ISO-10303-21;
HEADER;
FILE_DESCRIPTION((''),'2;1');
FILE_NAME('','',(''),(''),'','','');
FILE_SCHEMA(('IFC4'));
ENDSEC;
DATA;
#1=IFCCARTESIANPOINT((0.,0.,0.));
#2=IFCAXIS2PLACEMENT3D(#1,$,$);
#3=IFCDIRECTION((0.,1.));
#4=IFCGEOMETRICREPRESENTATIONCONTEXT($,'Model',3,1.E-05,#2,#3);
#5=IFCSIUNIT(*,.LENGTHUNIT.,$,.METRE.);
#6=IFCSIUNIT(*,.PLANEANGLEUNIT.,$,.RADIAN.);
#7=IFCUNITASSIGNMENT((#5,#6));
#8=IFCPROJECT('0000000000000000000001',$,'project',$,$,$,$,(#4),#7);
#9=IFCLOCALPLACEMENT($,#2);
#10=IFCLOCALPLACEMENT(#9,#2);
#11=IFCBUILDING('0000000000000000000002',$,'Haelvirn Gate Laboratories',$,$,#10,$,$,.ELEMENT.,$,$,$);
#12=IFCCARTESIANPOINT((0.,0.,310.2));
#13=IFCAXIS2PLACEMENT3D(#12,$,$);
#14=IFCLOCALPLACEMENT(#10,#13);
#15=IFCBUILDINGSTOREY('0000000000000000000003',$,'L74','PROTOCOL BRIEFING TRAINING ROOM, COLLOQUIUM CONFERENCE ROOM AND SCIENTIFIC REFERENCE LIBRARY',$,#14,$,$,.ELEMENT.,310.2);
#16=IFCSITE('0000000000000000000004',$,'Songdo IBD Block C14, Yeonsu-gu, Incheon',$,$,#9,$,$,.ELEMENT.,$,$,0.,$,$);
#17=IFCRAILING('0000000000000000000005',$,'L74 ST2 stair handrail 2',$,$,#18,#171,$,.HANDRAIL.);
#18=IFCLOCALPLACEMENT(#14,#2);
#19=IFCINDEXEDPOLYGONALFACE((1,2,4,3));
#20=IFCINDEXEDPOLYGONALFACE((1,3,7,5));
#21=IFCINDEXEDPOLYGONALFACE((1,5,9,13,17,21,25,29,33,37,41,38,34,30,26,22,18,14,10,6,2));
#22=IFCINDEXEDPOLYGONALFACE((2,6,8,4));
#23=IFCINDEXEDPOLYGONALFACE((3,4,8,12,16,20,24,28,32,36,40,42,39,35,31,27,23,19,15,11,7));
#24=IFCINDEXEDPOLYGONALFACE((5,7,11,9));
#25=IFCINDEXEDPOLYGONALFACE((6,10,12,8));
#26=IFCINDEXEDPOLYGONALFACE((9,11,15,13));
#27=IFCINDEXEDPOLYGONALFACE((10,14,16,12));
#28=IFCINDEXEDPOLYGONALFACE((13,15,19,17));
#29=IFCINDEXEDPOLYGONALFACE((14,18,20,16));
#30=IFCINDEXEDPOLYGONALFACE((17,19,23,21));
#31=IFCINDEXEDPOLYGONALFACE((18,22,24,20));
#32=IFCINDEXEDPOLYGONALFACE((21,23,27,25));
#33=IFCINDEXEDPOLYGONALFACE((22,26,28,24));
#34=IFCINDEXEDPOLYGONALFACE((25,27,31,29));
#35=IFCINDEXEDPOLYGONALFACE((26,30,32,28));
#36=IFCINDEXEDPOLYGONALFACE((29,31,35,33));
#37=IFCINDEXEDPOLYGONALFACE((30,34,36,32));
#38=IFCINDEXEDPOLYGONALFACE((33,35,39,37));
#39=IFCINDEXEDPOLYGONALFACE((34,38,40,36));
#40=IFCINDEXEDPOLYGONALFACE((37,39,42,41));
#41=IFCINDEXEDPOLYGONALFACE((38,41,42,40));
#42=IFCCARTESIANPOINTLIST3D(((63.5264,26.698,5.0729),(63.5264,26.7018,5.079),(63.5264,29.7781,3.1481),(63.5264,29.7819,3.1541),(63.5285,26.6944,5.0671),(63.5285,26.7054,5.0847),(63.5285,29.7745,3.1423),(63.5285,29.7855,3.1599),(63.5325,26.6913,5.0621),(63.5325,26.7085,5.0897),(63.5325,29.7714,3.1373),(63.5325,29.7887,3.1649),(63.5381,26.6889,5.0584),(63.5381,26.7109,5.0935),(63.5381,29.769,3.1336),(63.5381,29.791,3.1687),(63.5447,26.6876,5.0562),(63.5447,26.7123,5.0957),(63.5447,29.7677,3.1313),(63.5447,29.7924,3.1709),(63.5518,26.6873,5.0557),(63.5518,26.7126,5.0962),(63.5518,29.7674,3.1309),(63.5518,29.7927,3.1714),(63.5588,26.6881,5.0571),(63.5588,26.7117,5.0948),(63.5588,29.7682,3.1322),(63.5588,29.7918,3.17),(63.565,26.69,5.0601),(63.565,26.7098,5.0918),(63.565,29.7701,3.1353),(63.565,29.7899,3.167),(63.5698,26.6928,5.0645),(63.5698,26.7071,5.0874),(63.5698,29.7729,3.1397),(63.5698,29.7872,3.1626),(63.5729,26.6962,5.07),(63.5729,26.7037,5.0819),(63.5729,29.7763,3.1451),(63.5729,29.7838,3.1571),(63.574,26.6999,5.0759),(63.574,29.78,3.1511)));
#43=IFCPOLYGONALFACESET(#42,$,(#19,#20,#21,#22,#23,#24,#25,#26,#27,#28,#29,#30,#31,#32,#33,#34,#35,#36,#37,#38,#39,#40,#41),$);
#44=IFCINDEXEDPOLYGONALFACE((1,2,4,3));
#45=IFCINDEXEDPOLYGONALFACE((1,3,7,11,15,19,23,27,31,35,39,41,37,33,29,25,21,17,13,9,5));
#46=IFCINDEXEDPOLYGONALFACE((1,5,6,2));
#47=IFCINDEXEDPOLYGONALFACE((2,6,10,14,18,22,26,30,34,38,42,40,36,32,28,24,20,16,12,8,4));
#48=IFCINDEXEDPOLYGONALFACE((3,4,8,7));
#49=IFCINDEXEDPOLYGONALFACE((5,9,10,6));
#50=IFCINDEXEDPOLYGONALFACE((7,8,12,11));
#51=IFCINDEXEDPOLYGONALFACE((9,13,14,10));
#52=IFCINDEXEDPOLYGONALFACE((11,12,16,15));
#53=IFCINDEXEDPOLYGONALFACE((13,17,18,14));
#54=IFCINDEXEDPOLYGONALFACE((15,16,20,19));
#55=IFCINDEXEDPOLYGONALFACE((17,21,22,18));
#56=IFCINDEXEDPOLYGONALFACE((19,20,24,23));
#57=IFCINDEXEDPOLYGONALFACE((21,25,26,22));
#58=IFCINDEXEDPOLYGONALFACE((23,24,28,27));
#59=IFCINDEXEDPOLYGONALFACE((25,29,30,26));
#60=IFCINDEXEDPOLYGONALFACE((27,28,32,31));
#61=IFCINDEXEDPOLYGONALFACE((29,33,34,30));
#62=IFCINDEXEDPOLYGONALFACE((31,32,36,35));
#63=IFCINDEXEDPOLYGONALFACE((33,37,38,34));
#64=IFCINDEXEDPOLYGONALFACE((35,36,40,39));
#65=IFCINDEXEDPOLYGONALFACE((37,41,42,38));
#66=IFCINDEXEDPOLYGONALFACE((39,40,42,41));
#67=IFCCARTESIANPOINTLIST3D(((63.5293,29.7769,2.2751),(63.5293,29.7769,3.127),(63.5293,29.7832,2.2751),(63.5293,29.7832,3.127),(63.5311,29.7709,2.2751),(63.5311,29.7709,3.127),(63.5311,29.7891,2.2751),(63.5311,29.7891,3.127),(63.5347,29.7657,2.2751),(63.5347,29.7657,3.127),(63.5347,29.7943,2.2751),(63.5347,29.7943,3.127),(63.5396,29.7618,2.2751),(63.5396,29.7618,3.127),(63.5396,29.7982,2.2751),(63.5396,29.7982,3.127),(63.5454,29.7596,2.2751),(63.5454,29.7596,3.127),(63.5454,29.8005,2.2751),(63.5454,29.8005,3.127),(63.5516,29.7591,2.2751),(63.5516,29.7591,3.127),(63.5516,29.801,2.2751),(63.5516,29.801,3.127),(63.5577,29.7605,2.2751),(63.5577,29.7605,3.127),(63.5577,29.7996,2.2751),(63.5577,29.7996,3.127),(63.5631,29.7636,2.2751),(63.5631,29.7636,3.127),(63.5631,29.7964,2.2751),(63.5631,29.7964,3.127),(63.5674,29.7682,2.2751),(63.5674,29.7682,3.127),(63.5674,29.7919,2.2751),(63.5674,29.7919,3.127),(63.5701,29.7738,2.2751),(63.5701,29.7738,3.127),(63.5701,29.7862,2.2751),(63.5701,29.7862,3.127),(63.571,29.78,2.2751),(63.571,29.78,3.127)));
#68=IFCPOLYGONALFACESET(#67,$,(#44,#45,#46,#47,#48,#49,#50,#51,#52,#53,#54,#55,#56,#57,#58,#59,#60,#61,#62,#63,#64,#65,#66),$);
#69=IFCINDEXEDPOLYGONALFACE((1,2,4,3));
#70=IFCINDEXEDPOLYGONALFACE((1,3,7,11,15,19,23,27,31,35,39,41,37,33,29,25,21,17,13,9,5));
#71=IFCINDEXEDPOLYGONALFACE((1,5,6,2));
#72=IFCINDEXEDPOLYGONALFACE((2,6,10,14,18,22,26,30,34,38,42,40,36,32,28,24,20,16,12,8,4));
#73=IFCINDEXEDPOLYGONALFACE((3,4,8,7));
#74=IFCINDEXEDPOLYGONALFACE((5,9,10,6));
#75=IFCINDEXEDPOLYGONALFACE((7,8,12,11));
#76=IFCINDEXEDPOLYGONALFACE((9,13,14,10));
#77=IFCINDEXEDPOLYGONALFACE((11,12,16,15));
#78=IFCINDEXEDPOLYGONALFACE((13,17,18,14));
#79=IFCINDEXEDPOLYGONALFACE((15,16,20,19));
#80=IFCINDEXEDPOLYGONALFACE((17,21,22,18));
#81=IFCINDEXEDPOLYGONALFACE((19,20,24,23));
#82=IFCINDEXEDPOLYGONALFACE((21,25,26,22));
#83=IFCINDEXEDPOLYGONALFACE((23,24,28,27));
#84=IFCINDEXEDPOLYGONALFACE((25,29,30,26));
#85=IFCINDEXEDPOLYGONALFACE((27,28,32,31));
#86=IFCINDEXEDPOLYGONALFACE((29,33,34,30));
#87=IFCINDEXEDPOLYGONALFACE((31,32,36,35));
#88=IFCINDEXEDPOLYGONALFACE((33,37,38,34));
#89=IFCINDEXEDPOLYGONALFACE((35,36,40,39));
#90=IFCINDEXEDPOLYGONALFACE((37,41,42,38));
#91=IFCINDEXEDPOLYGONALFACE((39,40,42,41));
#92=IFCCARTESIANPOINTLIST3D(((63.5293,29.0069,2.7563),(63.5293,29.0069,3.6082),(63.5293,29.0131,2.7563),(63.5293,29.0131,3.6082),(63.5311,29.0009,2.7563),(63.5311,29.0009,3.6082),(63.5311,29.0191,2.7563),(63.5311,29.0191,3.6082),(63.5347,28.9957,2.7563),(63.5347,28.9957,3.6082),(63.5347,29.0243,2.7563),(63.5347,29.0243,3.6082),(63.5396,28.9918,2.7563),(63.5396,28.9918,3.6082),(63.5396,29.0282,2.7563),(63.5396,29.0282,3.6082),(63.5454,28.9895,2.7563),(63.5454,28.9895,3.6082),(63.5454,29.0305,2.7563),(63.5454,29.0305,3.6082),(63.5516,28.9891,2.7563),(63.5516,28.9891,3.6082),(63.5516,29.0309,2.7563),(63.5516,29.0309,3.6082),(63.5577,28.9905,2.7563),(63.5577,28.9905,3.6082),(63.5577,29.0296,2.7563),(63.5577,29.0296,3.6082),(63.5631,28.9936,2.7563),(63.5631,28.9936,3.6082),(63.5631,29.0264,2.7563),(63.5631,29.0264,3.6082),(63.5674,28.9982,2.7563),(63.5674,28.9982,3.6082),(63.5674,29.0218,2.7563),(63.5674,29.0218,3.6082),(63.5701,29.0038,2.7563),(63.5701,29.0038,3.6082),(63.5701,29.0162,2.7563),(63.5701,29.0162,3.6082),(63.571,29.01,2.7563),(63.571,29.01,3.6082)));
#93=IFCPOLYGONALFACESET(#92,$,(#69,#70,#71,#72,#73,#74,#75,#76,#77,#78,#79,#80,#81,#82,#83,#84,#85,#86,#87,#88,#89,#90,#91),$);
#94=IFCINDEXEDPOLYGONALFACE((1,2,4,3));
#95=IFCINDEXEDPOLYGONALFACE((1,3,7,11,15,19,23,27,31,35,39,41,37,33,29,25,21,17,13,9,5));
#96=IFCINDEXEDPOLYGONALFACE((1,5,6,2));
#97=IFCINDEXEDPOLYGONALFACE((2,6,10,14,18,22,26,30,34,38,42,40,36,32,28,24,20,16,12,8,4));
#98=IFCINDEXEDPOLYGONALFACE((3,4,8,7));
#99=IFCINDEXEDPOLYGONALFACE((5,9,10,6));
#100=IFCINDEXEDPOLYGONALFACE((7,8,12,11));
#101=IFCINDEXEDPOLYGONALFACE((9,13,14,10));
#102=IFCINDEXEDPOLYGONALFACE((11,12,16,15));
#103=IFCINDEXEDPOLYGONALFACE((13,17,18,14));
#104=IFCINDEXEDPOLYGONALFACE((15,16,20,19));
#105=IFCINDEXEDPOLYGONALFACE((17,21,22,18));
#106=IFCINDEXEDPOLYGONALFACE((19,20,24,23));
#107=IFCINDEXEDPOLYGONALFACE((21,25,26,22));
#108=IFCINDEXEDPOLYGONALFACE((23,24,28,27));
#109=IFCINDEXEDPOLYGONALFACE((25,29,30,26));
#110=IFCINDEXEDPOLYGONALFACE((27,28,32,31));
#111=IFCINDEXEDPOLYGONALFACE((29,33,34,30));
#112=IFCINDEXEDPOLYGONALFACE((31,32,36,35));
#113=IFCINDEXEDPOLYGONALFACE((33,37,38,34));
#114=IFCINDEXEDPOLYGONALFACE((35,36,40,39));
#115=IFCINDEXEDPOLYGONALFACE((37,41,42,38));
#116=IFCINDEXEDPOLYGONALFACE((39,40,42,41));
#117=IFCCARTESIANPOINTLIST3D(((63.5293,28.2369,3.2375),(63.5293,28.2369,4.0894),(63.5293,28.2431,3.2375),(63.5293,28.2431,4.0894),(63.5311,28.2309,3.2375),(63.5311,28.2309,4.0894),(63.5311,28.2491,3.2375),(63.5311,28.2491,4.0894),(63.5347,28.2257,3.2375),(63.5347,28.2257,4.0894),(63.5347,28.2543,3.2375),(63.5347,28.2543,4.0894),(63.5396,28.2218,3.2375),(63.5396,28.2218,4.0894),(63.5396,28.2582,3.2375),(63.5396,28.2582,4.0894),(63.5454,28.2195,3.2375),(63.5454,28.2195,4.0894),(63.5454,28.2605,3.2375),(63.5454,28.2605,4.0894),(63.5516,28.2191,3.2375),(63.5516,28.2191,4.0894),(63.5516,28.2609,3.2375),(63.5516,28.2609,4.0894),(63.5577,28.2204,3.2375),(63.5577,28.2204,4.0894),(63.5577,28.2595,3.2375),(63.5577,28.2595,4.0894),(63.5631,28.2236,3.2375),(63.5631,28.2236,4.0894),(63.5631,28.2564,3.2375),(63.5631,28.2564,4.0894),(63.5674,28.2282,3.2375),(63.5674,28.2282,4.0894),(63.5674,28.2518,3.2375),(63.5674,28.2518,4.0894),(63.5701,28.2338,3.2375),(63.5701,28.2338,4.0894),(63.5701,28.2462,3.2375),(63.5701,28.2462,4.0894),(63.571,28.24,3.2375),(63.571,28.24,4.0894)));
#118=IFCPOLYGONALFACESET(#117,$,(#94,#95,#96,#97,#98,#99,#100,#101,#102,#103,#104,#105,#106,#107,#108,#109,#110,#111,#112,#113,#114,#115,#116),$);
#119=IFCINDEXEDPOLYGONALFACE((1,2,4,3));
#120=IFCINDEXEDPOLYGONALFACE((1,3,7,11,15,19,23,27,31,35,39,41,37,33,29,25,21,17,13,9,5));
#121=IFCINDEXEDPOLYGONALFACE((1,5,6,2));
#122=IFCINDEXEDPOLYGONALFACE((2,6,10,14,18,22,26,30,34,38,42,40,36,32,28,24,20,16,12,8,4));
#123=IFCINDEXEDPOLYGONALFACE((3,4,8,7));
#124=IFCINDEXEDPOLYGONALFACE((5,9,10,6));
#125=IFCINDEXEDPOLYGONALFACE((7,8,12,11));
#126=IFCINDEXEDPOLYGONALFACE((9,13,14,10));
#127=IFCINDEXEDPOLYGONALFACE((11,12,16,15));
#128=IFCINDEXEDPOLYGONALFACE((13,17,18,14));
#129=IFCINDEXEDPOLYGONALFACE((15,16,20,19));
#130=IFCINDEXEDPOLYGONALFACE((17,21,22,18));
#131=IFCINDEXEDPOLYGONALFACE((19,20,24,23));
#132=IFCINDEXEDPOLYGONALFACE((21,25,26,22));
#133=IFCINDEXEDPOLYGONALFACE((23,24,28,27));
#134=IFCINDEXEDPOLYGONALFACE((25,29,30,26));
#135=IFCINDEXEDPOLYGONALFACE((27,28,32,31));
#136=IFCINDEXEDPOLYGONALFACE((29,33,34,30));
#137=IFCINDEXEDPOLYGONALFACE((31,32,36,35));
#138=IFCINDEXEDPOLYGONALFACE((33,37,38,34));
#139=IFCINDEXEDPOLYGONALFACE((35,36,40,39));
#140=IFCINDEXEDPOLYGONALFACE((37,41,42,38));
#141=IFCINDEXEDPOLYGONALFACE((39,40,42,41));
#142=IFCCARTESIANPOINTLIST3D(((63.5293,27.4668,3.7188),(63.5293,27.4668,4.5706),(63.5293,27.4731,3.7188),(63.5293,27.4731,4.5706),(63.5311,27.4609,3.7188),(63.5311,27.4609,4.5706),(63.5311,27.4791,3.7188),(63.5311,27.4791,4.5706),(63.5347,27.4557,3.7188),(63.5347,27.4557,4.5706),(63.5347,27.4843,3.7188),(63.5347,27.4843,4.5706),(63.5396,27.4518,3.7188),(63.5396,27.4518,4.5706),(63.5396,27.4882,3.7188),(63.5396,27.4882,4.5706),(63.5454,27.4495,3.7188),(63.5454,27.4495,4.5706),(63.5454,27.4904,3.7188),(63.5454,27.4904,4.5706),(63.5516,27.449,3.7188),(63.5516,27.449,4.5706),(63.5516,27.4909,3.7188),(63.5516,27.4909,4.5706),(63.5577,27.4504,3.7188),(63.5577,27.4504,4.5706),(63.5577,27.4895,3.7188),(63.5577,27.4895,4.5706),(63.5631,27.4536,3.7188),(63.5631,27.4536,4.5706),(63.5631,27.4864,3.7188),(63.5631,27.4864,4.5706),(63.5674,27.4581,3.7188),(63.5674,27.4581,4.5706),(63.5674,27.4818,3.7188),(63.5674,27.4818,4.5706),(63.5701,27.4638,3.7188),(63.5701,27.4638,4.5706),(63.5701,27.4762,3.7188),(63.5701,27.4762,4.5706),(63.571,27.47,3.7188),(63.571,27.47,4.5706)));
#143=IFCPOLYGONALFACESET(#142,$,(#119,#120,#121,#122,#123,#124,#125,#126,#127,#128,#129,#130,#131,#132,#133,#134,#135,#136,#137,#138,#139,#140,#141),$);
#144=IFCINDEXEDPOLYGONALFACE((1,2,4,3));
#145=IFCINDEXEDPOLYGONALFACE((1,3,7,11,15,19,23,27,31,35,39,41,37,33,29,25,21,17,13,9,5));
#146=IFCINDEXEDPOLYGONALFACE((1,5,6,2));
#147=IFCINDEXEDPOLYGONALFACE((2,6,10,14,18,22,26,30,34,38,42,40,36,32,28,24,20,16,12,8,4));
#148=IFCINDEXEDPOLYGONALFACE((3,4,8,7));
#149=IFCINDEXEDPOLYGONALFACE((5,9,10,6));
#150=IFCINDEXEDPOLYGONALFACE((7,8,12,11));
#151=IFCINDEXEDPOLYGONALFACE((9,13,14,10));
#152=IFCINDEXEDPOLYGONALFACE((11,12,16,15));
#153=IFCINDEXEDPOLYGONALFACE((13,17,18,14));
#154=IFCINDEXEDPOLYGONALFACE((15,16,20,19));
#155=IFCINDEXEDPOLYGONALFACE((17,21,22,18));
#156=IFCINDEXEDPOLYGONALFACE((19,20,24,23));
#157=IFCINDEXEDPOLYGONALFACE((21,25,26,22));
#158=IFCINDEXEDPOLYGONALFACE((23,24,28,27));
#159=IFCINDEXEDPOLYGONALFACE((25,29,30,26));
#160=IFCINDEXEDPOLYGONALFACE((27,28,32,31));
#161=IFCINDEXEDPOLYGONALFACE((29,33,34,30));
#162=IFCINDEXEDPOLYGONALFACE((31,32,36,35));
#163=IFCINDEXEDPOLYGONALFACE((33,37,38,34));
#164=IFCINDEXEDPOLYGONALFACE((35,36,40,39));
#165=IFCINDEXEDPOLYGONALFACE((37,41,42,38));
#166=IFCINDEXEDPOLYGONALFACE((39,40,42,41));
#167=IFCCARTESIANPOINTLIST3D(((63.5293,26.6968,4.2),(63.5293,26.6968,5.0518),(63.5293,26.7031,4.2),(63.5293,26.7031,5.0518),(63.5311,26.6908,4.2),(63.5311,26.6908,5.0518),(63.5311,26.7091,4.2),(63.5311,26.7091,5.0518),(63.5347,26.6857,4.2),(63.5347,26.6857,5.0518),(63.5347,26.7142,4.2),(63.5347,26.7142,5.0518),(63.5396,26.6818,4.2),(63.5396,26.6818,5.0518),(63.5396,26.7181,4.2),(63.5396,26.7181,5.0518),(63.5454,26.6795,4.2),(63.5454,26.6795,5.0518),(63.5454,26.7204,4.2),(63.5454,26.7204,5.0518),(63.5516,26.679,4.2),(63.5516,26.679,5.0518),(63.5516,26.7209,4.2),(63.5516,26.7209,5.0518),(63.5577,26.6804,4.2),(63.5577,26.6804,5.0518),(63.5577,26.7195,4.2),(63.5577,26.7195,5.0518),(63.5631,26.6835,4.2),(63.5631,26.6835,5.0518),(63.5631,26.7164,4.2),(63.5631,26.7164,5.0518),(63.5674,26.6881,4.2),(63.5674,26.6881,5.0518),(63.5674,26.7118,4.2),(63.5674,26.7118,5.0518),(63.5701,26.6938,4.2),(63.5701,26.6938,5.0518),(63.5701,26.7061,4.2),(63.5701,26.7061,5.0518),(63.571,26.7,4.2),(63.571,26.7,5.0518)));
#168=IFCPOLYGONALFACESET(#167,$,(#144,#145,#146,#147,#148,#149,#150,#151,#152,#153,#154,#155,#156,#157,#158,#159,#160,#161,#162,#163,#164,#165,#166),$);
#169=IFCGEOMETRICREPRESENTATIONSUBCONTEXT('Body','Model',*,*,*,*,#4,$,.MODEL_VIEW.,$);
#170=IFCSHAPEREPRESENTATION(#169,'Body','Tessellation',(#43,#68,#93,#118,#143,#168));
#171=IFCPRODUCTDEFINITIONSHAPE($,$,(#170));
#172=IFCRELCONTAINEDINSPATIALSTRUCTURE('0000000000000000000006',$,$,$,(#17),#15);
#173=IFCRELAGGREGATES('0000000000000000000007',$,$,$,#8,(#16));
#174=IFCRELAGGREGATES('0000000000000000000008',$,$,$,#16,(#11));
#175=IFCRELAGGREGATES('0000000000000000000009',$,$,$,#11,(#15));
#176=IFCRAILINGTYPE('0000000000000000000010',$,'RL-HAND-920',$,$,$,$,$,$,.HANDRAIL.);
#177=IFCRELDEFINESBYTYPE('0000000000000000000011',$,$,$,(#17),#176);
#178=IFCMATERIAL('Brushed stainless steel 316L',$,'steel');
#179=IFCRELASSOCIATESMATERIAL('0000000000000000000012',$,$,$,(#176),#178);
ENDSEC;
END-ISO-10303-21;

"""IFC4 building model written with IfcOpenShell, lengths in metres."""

from ifc_helpers import new_model, si_unit, direction, frame, origin, origin_2d, place, context, subcontext, project, spatial, circle, extrude, source, transform, mapped, material, type_object, element, save


model = new_model("IFC4")

# Units and contexts
model_context = context("Model", 3, precision=1e-05, world=origin(), true_north=direction((0.0, 1.0)))
body_context = subcontext(model_context, "Body", "Model", "MODEL_VIEW")
ifc_project = project(units=[si_unit("LENGTHUNIT", "METRE"), si_unit("PLANEANGLEUNIT", "RADIAN")], contexts=[model_context])

# Site, building, storey
site_placement = place(None, origin())
site = spatial("IfcSite", under=ifc_project, at=site_placement, Name="Songdo IBD Block C14, Yeonsu-gu, Incheon", CompositionType="ELEMENT", RefElevation=0.0)
building_placement = place(site_placement, origin())
building = spatial("IfcBuilding", under=site, at=building_placement, Name="Haelvirn Gate Laboratories", CompositionType="ELEMENT")
storey_placement = place(building_placement, frame((0.0, 0.0, 310.2)))
storey = spatial("IfcBuildingStorey", under=building, at=storey_placement, Name="L74", Description="PROTOCOL BRIEFING TRAINING ROOM, COLLOQUIUM CONFERENCE ROOM AND SCIENTIFIC REFERENCE LIBRARY", CompositionType="ELEMENT", Elevation=310.2)

# Railing
ifc_material_1 = material(Name="Brushed stainless steel 316L", Category="steel")
railing_type_1 = type_object("IfcRailingType", Name="RL-HAND-920", PredefinedType="HANDRAIL", material=ifc_material_1)
shared_shape_1 = source(origin(), body_context, "Body", "SweptSolid", [
    extrude(circle(Radius=0.0239, at=origin_2d()), frame((0.0, 0.0, 0.876), z_axis=(0.0, -0.848029, 0.529951), x_axis=(1.0, 0.0, 0.0)), (0.0, 0.0, 1.0), 3.6321),
    extrude(circle(Radius=0.021, at=origin_2d()), origin(), (0.0, 0.0, 1.0), 0.8518),
    extrude(circle(Radius=0.021, at=origin_2d()), frame((0.0, -0.77, 0.4812)), (0.0, 0.0, 1.0), 0.8518),
    extrude(circle(Radius=0.021, at=origin_2d()), frame((0.0, -1.54, 0.9624)), (0.0, 0.0, 1.0), 0.8518),
    extrude(circle(Radius=0.021, at=origin_2d()), frame((0.0, -2.3101, 1.4436)), (0.0, 0.0, 1.0), 0.8518),
    extrude(circle(Radius=0.021, at=origin_2d()), frame((0.0, -3.0801, 1.9248)), (0.0, 0.0, 1.0), 0.8518),
])
railing_1_placement = place(storey_placement, frame((63.55, 29.78, 2.2751)))
element("IfcRailing", 1, at=railing_1_placement, inside=storey, type_object=railing_type_1, Name="L74 ST2 stair handrail 2", PredefinedType="HANDRAIL", context=body_context, shape_type="MappedRepresentation", body=[
    mapped(shared_shape_1, transform((0.0, 0.0, 0.0), scale=1.0)),
])

save(model, "model.ifc")
